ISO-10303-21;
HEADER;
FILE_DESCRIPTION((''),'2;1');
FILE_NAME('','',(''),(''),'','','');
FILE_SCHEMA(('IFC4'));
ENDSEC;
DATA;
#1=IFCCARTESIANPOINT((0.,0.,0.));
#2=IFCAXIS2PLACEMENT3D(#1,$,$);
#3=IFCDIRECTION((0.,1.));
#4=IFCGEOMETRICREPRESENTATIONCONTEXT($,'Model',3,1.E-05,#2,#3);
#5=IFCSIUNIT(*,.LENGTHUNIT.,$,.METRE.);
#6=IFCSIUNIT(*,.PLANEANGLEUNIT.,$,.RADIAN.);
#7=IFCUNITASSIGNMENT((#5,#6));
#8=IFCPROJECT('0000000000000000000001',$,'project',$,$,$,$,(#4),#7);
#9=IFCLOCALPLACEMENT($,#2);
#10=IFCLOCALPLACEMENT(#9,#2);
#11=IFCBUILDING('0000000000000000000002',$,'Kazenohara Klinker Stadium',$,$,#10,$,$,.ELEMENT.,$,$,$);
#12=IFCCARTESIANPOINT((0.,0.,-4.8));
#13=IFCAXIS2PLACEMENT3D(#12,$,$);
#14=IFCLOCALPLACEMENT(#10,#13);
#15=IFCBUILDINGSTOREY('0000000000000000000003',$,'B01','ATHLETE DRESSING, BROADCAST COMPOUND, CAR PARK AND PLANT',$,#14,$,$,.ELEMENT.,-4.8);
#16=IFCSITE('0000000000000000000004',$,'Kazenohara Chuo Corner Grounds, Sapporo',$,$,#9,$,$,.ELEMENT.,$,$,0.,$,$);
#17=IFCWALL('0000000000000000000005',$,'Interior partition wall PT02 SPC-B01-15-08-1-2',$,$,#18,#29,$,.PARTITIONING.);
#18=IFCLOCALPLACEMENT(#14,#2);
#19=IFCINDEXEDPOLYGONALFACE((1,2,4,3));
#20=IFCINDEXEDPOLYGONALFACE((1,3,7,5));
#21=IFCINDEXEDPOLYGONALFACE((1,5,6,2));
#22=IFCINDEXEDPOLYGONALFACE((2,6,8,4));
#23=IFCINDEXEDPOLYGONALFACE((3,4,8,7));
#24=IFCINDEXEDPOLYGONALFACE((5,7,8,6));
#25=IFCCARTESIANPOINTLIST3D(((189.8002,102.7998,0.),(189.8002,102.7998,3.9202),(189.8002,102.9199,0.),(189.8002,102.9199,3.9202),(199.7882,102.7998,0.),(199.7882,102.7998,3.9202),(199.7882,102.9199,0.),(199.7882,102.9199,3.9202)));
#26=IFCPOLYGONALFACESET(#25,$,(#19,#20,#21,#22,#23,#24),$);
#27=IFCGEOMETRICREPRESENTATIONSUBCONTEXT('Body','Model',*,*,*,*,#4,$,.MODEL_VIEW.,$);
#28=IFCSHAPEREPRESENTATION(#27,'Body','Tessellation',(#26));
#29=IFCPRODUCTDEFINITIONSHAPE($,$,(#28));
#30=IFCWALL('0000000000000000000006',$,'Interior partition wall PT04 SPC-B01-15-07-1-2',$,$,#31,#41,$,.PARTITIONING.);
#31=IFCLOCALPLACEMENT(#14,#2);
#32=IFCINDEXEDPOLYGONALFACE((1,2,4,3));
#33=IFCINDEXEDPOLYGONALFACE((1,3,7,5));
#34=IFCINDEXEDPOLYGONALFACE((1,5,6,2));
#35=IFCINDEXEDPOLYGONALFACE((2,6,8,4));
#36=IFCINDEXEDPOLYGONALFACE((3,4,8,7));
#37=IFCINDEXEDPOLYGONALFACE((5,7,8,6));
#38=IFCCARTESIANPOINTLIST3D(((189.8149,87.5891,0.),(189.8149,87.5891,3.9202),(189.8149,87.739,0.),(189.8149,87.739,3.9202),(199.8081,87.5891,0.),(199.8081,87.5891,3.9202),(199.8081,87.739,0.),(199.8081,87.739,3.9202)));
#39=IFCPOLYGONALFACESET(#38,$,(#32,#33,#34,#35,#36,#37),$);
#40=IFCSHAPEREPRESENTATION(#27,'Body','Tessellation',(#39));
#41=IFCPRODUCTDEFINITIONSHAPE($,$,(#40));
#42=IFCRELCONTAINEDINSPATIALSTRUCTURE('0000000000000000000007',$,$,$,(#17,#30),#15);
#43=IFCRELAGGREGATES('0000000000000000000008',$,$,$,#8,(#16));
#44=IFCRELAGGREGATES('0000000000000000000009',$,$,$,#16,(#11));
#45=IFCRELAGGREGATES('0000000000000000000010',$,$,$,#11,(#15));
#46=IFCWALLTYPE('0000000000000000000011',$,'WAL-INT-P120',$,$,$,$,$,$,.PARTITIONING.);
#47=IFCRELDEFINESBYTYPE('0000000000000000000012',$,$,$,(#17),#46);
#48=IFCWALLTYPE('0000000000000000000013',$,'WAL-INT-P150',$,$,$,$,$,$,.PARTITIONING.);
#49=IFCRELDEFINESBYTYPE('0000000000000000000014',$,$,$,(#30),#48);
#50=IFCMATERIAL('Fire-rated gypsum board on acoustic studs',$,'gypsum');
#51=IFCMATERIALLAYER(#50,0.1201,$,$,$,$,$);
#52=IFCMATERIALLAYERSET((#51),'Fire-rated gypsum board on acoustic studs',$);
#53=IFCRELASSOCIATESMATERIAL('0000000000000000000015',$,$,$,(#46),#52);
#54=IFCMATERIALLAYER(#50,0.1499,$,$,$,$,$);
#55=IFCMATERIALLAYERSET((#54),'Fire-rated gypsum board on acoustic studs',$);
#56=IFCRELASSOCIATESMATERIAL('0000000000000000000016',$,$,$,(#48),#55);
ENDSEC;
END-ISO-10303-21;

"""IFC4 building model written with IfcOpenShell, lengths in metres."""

from ifc_helpers import new_model, si_unit, direction, frame, frame_2d, origin, place, context, subcontext, project, spatial, rectangle, extrude, material, layer, layer_set, type_object, element, save


model = new_model("IFC4")

# Units and contexts
model_context = context("Model", 3, precision=1e-05, world=origin(), true_north=direction((0.0, 1.0)))
body_context = subcontext(model_context, "Body", "Model", "MODEL_VIEW")
ifc_project = project(units=[si_unit("LENGTHUNIT", "METRE"), si_unit("PLANEANGLEUNIT", "RADIAN")], contexts=[model_context])

# Site, building, storey
site_placement = place(None, origin())
site = spatial("IfcSite", under=ifc_project, at=site_placement, Name="Kazenohara Chuo Corner Grounds, Sapporo", CompositionType="ELEMENT", RefElevation=0.0)
building_placement = place(site_placement, origin())
building = spatial("IfcBuilding", under=site, at=building_placement, Name="Kazenohara Klinker Stadium", CompositionType="ELEMENT")
storey_placement = place(building_placement, frame((0.0, 0.0, -4.8)))
storey = spatial("IfcBuildingStorey", under=building, at=storey_placement, Name="B01", Description="ATHLETE DRESSING, BROADCAST COMPOUND, CAR PARK AND PLANT", CompositionType="ELEMENT", Elevation=-4.8)

# Shared definitions
ifc_material_1 = material(Name="Fire-rated gypsum board on acoustic studs", Category="gypsum")

# Walls
ifc_layer_1 = layer(ifc_material_1, 0.1201)
ifc_layer_set_1 = layer_set([ifc_layer_1], Name="Fire-rated gypsum board on acoustic studs")
wall_type_1 = type_object("IfcWallType", Name="WAL-INT-P120", PredefinedType="PARTITIONING", material=ifc_layer_set_1)
wall_1_placement = place(storey_placement, frame((189.8, 102.8599, 0.0), z_axis=(0.0, 0.0, 1.0), x_axis=(1.0, 0.0, 0.0)))
element("IfcWall", 1, at=wall_1_placement, inside=storey, type_object=wall_type_1, Name="Interior partition wall PT02 SPC-B01-15-08-1-2", PredefinedType="PARTITIONING", context=body_context, shape_type="SweptSolid", body=[
    extrude(rectangle(XDim=9.988, YDim=0.1201, at=frame_2d((4.9941, 0.0))), origin(), (0.0, 0.0, 1.0), 3.9202),
])
ifc_layer_2 = layer(ifc_material_1, 0.1499)
ifc_layer_set_2 = layer_set([ifc_layer_2], Name="Fire-rated gypsum board on acoustic studs")
wall_type_2 = type_object("IfcWallType", Name="WAL-INT-P150", PredefinedType="PARTITIONING", material=ifc_layer_set_2)
wall_2_placement = place(storey_placement, frame((189.8149, 87.6641, 0.0), z_axis=(0.0, 0.0, 1.0), x_axis=(1.0, 0.0, 0.0)))
element("IfcWall", 2, at=wall_2_placement, inside=storey, type_object=wall_type_2, Name="Interior partition wall PT04 SPC-B01-15-07-1-2", PredefinedType="PARTITIONING", context=body_context, shape_type="SweptSolid", body=[
    extrude(rectangle(XDim=9.9932, YDim=0.1499, at=frame_2d((4.9966, 0.0))), origin(), (0.0, 0.0, 1.0), 3.9202),
])

save(model, "model.ifc")
